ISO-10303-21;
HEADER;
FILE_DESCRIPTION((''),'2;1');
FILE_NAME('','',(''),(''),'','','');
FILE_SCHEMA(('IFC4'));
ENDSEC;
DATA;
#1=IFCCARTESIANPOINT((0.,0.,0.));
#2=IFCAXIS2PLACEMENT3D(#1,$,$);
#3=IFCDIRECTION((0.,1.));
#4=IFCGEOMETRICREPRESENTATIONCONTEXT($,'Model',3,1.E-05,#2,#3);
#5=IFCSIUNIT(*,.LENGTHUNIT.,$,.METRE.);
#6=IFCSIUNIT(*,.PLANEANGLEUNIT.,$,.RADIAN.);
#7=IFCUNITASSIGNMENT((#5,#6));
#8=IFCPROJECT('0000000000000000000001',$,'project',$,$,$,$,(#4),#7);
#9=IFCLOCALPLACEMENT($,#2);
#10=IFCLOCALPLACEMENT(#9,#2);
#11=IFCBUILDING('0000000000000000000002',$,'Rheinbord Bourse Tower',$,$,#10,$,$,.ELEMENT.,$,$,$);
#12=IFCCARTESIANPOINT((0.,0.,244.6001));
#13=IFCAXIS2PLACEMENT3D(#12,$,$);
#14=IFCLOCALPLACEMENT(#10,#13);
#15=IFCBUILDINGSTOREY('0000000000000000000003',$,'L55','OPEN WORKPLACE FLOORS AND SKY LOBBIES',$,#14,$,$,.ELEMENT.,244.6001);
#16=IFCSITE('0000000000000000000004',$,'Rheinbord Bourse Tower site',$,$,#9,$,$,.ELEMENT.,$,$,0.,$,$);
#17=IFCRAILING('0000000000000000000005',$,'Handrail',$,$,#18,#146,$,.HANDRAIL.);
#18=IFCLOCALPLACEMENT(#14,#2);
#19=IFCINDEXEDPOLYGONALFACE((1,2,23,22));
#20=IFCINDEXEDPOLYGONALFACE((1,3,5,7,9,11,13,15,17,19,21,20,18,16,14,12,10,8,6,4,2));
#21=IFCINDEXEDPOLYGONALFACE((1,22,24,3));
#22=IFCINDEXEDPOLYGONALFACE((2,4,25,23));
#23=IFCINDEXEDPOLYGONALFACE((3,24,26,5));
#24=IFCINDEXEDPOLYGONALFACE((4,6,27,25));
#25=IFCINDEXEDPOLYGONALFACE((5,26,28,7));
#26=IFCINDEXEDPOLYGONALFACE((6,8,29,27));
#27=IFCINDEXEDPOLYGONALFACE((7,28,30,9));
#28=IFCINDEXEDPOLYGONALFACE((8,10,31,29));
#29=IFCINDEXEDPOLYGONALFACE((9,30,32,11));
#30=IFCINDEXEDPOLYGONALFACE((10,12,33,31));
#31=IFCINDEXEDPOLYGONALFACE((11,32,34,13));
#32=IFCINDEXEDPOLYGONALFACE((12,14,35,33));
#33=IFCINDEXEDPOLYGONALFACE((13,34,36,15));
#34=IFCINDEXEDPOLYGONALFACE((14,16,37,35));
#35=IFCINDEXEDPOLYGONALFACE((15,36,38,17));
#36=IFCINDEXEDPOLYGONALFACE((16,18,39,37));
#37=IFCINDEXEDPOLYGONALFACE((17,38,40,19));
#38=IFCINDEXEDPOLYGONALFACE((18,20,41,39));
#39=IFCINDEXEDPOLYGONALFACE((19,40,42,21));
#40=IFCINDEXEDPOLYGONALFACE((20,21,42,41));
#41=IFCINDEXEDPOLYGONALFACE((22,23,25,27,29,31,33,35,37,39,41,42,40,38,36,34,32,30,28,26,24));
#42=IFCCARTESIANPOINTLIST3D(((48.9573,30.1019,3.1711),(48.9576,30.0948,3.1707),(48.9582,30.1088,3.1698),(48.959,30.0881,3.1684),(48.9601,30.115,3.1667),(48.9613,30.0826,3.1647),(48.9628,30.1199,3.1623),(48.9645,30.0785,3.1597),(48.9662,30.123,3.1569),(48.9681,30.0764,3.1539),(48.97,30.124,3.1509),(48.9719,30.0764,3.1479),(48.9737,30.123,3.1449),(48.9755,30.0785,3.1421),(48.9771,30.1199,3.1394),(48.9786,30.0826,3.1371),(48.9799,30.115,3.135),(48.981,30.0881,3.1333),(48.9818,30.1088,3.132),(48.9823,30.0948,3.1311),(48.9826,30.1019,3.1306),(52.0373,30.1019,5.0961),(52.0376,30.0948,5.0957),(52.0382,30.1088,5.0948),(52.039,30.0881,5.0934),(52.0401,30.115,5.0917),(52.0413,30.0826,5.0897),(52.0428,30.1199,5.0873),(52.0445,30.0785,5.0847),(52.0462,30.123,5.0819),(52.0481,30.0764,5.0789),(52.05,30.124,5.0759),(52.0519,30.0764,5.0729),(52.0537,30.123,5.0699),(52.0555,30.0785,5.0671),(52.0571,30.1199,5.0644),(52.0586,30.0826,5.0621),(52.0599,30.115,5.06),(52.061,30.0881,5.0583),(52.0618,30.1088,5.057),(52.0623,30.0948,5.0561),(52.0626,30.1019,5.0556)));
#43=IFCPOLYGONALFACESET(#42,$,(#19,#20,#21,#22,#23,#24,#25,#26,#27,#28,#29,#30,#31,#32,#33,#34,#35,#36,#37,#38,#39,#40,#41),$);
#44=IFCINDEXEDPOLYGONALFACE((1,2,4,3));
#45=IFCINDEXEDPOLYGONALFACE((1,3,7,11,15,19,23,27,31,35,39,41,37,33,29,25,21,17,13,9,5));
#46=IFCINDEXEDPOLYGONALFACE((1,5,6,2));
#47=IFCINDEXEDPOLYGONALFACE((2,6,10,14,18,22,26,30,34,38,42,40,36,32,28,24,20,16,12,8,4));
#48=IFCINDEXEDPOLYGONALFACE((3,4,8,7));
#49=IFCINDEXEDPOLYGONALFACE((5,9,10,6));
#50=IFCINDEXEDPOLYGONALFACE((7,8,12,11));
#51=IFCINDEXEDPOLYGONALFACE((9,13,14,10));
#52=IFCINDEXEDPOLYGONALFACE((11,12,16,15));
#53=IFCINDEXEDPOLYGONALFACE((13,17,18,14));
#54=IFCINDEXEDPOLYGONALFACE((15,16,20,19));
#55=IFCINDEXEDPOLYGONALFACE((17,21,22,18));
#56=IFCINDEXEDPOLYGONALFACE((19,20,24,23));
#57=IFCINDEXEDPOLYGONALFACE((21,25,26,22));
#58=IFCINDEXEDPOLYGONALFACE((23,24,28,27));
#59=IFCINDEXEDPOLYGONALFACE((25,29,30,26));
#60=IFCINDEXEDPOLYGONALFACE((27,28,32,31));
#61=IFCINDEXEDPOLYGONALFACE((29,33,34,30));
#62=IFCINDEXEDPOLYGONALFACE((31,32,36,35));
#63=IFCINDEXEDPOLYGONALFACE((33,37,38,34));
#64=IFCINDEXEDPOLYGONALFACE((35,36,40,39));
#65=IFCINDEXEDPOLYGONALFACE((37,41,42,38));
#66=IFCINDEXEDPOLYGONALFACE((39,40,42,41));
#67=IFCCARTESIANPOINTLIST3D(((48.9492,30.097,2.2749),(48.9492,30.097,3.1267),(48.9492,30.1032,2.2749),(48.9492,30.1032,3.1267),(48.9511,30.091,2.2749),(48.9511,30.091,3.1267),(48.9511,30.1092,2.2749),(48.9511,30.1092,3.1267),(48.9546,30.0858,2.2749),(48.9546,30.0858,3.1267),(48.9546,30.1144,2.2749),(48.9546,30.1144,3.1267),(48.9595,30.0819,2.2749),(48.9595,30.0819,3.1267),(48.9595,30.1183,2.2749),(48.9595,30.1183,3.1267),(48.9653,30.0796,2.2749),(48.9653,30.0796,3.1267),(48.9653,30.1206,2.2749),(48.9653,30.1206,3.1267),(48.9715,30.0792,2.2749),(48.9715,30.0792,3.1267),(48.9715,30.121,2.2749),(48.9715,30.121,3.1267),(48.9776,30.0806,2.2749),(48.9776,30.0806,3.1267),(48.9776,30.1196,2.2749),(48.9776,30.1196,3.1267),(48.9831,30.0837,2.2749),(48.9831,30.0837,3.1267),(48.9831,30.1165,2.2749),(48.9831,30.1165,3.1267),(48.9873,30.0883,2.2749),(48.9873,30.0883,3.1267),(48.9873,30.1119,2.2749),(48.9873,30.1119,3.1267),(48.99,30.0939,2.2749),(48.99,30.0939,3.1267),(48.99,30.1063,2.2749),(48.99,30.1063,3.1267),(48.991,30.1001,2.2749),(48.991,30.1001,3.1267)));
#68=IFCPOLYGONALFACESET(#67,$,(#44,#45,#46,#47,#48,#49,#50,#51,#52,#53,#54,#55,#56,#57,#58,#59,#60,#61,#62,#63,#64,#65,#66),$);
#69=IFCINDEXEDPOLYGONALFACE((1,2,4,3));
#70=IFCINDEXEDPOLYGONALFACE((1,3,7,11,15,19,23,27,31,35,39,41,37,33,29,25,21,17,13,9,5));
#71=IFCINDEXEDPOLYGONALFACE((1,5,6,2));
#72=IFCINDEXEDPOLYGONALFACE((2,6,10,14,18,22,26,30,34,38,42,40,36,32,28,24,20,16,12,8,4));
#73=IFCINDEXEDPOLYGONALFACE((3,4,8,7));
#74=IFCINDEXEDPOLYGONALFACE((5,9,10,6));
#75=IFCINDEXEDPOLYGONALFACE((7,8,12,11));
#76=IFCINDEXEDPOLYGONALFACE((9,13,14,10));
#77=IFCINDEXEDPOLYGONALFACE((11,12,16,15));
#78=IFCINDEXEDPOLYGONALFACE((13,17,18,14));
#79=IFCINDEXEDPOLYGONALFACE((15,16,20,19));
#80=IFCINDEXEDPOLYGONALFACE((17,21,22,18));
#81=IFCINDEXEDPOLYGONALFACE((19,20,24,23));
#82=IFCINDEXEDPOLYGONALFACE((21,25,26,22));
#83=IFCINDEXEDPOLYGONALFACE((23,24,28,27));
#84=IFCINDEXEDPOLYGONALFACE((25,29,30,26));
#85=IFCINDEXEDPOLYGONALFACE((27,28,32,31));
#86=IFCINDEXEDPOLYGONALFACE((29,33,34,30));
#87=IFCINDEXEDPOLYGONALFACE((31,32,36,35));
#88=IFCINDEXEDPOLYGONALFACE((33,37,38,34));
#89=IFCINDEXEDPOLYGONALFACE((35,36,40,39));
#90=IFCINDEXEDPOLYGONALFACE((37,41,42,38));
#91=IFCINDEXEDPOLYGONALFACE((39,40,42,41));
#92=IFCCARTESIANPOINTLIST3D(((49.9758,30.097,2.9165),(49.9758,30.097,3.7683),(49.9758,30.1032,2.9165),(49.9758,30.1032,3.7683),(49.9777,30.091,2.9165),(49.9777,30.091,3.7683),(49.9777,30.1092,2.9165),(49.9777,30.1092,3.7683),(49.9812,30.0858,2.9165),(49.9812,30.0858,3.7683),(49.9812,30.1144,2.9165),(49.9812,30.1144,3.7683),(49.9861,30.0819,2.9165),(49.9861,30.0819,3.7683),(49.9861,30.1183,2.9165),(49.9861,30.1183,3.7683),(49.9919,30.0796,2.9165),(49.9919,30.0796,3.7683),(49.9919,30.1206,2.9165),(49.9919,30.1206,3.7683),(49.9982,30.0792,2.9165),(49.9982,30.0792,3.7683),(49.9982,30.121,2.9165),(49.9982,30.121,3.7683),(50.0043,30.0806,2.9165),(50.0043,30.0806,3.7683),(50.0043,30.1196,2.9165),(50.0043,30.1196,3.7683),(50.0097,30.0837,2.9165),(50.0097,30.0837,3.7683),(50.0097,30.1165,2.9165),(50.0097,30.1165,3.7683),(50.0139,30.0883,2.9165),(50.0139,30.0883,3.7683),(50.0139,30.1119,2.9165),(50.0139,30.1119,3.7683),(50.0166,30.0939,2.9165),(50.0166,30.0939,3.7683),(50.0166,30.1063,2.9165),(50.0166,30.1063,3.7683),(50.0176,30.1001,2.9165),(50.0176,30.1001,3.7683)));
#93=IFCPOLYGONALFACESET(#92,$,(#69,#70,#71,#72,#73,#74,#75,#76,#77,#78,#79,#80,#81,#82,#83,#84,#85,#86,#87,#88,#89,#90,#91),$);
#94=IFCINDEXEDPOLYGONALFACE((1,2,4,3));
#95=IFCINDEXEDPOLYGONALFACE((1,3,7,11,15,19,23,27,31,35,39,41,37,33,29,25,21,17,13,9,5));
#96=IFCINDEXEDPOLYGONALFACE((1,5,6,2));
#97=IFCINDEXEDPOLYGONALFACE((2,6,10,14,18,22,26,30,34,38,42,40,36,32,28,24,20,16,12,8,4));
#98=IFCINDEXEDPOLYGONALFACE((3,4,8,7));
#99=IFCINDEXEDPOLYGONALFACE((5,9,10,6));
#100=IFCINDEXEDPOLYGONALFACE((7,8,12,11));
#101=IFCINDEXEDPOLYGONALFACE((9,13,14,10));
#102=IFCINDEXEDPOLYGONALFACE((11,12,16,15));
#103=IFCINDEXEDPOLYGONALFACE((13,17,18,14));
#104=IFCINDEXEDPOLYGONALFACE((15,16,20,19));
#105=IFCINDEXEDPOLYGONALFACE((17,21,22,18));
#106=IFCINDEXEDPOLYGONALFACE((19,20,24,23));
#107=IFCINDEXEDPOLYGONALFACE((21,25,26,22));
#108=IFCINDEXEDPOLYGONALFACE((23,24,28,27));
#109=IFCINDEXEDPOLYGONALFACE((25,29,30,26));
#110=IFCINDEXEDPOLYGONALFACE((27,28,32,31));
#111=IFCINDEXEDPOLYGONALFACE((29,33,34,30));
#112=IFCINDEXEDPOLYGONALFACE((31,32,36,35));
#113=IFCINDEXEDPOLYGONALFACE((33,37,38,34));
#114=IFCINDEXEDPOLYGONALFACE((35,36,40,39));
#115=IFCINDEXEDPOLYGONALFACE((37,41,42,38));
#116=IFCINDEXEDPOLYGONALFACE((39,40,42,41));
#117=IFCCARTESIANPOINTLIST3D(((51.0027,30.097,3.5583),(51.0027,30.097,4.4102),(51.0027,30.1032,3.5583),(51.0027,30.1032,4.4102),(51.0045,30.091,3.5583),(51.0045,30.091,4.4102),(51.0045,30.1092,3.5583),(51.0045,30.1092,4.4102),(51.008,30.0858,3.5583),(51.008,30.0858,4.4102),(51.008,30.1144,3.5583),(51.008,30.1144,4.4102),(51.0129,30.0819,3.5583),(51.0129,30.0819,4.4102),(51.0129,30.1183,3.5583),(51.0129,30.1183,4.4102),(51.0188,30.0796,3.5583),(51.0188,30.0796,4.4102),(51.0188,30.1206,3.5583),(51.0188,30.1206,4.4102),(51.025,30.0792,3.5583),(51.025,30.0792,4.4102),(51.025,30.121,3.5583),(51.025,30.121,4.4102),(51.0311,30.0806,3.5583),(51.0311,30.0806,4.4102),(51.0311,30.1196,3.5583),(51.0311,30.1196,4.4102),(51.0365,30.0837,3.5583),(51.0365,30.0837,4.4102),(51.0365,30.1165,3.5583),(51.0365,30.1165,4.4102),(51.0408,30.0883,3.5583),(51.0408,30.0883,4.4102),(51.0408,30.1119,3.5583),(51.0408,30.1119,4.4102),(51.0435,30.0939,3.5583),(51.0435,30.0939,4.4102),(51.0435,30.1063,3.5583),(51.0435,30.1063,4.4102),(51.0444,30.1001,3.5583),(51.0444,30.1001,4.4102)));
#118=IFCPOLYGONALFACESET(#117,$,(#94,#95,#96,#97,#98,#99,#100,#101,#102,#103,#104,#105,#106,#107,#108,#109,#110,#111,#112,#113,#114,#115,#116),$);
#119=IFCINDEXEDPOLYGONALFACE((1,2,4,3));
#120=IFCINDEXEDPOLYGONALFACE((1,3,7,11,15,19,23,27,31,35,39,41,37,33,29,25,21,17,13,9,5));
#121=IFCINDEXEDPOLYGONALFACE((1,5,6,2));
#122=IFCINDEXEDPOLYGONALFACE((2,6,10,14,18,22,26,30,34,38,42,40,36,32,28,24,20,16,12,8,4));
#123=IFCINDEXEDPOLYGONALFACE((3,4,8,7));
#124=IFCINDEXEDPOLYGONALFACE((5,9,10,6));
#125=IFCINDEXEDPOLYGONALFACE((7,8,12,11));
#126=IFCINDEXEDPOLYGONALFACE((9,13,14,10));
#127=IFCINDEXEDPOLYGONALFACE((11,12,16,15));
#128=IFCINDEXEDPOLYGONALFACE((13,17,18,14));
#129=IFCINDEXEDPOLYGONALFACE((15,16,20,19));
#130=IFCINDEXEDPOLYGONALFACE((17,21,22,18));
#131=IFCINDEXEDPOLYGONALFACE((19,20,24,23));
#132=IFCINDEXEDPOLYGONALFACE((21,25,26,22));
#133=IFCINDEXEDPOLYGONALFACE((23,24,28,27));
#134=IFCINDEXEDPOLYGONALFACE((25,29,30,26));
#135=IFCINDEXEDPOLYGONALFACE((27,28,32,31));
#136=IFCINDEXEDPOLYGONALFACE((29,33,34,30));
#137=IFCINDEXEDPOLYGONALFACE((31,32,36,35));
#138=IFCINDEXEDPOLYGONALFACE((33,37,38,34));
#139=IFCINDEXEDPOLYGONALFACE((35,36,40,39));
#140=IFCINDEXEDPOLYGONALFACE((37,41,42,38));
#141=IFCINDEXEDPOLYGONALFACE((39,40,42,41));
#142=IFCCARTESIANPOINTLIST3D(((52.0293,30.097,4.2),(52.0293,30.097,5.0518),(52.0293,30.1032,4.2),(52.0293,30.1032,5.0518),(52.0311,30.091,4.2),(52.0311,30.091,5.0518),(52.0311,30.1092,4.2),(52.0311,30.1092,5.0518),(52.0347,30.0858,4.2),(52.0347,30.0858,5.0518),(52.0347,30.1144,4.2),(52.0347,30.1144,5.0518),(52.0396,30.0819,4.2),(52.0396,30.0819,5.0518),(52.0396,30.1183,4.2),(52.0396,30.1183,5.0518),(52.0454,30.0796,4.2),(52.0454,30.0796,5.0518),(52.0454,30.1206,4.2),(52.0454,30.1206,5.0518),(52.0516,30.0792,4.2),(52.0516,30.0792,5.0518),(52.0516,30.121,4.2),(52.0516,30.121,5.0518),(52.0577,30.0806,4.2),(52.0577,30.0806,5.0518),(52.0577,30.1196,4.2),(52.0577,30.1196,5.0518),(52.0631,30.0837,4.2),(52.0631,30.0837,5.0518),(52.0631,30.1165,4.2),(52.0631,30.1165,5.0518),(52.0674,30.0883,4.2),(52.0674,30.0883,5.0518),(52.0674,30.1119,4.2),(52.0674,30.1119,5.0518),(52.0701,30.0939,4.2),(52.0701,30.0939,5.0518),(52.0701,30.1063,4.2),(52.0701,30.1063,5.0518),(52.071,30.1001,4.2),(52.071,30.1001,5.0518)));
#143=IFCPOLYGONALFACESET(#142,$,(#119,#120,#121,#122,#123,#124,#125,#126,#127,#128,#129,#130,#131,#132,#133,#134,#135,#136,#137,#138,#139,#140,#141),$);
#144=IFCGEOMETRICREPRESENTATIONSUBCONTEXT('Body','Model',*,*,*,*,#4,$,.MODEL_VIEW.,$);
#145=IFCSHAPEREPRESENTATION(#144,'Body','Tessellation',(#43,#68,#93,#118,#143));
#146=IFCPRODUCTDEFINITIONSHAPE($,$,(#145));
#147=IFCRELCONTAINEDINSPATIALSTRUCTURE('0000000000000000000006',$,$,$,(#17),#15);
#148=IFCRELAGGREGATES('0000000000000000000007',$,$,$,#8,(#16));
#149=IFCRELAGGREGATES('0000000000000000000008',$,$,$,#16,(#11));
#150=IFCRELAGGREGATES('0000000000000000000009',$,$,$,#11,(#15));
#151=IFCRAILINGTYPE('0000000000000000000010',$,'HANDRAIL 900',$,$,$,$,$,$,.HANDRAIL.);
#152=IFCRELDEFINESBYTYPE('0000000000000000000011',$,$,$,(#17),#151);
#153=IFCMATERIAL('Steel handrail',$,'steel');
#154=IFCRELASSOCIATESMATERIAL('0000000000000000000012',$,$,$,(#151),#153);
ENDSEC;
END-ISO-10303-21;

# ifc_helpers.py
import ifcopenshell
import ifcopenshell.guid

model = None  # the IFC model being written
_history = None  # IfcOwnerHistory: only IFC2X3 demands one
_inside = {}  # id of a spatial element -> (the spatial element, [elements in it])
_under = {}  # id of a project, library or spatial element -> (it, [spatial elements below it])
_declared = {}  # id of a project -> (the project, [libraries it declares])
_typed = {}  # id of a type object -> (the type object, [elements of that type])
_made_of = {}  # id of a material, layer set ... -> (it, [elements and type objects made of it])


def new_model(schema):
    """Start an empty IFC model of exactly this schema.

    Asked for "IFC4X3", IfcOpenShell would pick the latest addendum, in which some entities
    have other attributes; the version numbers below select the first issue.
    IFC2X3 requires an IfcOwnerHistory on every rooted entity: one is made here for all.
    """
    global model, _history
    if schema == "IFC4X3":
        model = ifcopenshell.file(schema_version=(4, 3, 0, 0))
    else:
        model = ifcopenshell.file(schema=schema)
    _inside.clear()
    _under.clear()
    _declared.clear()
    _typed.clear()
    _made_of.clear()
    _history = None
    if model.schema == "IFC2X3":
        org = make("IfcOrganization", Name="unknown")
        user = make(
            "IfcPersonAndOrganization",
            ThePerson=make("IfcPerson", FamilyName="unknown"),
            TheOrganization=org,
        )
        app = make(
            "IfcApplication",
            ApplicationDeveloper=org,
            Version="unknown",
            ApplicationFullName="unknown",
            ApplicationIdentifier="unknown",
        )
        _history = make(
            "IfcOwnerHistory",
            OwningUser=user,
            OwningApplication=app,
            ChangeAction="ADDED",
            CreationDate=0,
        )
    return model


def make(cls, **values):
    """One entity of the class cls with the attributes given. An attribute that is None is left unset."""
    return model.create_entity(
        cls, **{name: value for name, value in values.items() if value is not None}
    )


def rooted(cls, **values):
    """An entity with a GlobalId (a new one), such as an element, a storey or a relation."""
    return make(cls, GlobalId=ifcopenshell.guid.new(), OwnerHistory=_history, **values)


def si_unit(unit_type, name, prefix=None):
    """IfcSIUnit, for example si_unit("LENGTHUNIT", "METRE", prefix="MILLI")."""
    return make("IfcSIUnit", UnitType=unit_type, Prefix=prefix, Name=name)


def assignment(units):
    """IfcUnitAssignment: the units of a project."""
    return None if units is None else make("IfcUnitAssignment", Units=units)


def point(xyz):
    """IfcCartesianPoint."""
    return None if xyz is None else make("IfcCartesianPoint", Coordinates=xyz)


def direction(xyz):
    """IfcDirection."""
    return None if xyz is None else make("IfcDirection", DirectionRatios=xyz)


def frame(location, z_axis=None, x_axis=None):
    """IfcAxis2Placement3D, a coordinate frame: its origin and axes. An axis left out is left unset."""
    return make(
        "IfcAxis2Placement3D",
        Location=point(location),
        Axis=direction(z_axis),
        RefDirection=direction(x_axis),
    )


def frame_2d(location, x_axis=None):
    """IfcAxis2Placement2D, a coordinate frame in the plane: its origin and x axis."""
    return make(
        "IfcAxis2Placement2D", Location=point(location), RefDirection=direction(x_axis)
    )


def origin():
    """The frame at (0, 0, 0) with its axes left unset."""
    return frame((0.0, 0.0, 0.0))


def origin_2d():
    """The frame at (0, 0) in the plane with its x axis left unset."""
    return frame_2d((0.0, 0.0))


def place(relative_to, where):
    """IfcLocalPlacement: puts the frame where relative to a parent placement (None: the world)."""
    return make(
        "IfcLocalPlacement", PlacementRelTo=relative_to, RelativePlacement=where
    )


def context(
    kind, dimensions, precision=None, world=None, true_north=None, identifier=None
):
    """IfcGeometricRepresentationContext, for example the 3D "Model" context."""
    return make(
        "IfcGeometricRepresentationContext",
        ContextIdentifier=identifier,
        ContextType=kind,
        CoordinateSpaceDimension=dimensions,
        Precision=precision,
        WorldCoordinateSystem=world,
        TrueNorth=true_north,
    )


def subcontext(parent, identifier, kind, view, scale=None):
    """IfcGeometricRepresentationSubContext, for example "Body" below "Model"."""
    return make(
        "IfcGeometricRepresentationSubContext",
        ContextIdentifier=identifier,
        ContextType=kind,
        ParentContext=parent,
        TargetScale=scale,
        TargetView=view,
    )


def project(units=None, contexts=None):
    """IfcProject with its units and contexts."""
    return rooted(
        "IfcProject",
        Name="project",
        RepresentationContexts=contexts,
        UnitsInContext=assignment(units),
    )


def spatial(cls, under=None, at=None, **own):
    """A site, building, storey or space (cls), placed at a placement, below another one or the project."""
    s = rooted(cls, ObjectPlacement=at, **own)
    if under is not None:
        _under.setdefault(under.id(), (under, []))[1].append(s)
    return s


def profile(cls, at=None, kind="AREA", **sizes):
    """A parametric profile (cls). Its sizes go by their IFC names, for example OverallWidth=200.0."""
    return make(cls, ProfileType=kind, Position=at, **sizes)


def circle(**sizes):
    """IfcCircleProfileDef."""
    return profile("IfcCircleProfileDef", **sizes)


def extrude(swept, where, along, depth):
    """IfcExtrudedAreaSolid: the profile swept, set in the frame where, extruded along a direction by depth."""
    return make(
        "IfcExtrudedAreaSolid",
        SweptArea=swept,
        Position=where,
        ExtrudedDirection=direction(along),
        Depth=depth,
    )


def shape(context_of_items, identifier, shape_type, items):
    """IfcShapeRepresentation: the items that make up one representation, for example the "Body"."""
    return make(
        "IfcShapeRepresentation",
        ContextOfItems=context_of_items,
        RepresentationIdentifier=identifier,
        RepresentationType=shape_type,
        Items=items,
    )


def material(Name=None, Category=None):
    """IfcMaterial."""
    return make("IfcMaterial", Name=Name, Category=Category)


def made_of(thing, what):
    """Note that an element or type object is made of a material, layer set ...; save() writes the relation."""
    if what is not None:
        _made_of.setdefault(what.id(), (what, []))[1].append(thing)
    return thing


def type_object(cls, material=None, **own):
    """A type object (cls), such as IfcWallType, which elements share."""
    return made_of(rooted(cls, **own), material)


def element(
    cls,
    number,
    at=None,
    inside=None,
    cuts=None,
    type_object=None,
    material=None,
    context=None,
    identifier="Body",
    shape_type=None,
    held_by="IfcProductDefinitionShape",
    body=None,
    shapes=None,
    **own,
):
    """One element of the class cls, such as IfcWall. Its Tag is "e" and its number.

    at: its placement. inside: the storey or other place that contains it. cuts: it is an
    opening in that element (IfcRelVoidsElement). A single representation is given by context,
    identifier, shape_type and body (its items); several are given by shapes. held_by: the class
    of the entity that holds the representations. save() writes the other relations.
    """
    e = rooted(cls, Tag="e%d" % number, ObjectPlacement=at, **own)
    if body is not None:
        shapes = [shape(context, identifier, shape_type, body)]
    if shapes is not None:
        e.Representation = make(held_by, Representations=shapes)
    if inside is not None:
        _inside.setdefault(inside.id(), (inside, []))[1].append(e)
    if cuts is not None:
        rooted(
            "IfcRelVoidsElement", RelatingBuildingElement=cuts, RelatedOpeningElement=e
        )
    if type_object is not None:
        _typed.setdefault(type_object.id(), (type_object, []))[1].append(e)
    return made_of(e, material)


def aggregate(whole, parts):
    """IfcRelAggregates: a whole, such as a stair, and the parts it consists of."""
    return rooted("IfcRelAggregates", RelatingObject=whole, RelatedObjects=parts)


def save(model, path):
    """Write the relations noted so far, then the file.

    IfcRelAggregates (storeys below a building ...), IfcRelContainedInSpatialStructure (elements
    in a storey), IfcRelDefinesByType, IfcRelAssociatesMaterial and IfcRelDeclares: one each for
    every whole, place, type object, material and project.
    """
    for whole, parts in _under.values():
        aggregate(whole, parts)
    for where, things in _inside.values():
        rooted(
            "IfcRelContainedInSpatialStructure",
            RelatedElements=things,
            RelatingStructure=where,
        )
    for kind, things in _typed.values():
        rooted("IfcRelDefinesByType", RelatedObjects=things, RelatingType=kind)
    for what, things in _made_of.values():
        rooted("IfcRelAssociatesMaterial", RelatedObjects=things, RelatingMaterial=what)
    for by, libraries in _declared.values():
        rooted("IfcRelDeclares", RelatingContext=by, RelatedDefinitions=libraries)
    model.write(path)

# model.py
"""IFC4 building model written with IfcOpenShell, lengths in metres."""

from ifc_helpers import new_model, si_unit, direction, frame, origin, origin_2d, place, context, subcontext, project, spatial, circle, extrude, material, type_object, element, save


model = new_model("IFC4")

# Units and contexts
model_context = context("Model", 3, precision=1e-05, world=origin(), true_north=direction((0.0, 1.0)))
body_context = subcontext(model_context, "Body", "Model", "MODEL_VIEW")
ifc_project = project(units=[si_unit("LENGTHUNIT", "METRE"), si_unit("PLANEANGLEUNIT", "RADIAN")], contexts=[model_context])

# Site, building, storey
site_placement = place(None, origin())
site = spatial("IfcSite", under=ifc_project, at=site_placement, Name="Rheinbord Bourse Tower site", CompositionType="ELEMENT", RefElevation=0.0)
building_placement = place(site_placement, origin())
building = spatial("IfcBuilding", under=site, at=building_placement, Name="Rheinbord Bourse Tower", CompositionType="ELEMENT")
storey_placement = place(building_placement, frame((0.0, 0.0, 244.6001)))
storey = spatial("IfcBuildingStorey", under=building, at=storey_placement, Name="L55", Description="OPEN WORKPLACE FLOORS AND SKY LOBBIES", CompositionType="ELEMENT", Elevation=244.6001)

# Railing
ifc_material_1 = material(Name="Steel handrail", Category="steel")
railing_type = type_object("IfcRailingType", Name="HANDRAIL 900", PredefinedType="HANDRAIL", material=ifc_material_1)
railing_1_placement = place(storey_placement, frame((48.97, 30.1001, 2.2749)))
element("IfcRailing", 1, at=railing_1_placement, inside=storey, type_object=railing_type, Name="Handrail", PredefinedType="HANDRAIL", context=body_context, shape_type="SweptSolid", body=[
    extrude(circle(Radius=0.0239, at=origin_2d()), frame((0.0, 0.0, 0.876), z_axis=(0.847998, 0.0, 0.529999), x_axis=(0.0, 1.0, 0.0)), (0.0, 0.0, 1.0), 3.6321),
    extrude(circle(Radius=0.021, at=origin_2d()), origin(), (0.0, 0.0, 1.0), 0.8518),
    extrude(circle(Radius=0.021, at=origin_2d()), frame((1.0266, 0.0, 0.6416)), (0.0, 0.0, 1.0), 0.8518),
    extrude(circle(Radius=0.021, at=origin_2d()), frame((2.0535, 0.0, 1.2834)), (0.0, 0.0, 1.0), 0.8518),
    extrude(circle(Radius=0.021, at=origin_2d()), frame((3.0801, 0.0, 1.925)), (0.0, 0.0, 1.0), 0.8518),
])

save(model, "model.ifc")
